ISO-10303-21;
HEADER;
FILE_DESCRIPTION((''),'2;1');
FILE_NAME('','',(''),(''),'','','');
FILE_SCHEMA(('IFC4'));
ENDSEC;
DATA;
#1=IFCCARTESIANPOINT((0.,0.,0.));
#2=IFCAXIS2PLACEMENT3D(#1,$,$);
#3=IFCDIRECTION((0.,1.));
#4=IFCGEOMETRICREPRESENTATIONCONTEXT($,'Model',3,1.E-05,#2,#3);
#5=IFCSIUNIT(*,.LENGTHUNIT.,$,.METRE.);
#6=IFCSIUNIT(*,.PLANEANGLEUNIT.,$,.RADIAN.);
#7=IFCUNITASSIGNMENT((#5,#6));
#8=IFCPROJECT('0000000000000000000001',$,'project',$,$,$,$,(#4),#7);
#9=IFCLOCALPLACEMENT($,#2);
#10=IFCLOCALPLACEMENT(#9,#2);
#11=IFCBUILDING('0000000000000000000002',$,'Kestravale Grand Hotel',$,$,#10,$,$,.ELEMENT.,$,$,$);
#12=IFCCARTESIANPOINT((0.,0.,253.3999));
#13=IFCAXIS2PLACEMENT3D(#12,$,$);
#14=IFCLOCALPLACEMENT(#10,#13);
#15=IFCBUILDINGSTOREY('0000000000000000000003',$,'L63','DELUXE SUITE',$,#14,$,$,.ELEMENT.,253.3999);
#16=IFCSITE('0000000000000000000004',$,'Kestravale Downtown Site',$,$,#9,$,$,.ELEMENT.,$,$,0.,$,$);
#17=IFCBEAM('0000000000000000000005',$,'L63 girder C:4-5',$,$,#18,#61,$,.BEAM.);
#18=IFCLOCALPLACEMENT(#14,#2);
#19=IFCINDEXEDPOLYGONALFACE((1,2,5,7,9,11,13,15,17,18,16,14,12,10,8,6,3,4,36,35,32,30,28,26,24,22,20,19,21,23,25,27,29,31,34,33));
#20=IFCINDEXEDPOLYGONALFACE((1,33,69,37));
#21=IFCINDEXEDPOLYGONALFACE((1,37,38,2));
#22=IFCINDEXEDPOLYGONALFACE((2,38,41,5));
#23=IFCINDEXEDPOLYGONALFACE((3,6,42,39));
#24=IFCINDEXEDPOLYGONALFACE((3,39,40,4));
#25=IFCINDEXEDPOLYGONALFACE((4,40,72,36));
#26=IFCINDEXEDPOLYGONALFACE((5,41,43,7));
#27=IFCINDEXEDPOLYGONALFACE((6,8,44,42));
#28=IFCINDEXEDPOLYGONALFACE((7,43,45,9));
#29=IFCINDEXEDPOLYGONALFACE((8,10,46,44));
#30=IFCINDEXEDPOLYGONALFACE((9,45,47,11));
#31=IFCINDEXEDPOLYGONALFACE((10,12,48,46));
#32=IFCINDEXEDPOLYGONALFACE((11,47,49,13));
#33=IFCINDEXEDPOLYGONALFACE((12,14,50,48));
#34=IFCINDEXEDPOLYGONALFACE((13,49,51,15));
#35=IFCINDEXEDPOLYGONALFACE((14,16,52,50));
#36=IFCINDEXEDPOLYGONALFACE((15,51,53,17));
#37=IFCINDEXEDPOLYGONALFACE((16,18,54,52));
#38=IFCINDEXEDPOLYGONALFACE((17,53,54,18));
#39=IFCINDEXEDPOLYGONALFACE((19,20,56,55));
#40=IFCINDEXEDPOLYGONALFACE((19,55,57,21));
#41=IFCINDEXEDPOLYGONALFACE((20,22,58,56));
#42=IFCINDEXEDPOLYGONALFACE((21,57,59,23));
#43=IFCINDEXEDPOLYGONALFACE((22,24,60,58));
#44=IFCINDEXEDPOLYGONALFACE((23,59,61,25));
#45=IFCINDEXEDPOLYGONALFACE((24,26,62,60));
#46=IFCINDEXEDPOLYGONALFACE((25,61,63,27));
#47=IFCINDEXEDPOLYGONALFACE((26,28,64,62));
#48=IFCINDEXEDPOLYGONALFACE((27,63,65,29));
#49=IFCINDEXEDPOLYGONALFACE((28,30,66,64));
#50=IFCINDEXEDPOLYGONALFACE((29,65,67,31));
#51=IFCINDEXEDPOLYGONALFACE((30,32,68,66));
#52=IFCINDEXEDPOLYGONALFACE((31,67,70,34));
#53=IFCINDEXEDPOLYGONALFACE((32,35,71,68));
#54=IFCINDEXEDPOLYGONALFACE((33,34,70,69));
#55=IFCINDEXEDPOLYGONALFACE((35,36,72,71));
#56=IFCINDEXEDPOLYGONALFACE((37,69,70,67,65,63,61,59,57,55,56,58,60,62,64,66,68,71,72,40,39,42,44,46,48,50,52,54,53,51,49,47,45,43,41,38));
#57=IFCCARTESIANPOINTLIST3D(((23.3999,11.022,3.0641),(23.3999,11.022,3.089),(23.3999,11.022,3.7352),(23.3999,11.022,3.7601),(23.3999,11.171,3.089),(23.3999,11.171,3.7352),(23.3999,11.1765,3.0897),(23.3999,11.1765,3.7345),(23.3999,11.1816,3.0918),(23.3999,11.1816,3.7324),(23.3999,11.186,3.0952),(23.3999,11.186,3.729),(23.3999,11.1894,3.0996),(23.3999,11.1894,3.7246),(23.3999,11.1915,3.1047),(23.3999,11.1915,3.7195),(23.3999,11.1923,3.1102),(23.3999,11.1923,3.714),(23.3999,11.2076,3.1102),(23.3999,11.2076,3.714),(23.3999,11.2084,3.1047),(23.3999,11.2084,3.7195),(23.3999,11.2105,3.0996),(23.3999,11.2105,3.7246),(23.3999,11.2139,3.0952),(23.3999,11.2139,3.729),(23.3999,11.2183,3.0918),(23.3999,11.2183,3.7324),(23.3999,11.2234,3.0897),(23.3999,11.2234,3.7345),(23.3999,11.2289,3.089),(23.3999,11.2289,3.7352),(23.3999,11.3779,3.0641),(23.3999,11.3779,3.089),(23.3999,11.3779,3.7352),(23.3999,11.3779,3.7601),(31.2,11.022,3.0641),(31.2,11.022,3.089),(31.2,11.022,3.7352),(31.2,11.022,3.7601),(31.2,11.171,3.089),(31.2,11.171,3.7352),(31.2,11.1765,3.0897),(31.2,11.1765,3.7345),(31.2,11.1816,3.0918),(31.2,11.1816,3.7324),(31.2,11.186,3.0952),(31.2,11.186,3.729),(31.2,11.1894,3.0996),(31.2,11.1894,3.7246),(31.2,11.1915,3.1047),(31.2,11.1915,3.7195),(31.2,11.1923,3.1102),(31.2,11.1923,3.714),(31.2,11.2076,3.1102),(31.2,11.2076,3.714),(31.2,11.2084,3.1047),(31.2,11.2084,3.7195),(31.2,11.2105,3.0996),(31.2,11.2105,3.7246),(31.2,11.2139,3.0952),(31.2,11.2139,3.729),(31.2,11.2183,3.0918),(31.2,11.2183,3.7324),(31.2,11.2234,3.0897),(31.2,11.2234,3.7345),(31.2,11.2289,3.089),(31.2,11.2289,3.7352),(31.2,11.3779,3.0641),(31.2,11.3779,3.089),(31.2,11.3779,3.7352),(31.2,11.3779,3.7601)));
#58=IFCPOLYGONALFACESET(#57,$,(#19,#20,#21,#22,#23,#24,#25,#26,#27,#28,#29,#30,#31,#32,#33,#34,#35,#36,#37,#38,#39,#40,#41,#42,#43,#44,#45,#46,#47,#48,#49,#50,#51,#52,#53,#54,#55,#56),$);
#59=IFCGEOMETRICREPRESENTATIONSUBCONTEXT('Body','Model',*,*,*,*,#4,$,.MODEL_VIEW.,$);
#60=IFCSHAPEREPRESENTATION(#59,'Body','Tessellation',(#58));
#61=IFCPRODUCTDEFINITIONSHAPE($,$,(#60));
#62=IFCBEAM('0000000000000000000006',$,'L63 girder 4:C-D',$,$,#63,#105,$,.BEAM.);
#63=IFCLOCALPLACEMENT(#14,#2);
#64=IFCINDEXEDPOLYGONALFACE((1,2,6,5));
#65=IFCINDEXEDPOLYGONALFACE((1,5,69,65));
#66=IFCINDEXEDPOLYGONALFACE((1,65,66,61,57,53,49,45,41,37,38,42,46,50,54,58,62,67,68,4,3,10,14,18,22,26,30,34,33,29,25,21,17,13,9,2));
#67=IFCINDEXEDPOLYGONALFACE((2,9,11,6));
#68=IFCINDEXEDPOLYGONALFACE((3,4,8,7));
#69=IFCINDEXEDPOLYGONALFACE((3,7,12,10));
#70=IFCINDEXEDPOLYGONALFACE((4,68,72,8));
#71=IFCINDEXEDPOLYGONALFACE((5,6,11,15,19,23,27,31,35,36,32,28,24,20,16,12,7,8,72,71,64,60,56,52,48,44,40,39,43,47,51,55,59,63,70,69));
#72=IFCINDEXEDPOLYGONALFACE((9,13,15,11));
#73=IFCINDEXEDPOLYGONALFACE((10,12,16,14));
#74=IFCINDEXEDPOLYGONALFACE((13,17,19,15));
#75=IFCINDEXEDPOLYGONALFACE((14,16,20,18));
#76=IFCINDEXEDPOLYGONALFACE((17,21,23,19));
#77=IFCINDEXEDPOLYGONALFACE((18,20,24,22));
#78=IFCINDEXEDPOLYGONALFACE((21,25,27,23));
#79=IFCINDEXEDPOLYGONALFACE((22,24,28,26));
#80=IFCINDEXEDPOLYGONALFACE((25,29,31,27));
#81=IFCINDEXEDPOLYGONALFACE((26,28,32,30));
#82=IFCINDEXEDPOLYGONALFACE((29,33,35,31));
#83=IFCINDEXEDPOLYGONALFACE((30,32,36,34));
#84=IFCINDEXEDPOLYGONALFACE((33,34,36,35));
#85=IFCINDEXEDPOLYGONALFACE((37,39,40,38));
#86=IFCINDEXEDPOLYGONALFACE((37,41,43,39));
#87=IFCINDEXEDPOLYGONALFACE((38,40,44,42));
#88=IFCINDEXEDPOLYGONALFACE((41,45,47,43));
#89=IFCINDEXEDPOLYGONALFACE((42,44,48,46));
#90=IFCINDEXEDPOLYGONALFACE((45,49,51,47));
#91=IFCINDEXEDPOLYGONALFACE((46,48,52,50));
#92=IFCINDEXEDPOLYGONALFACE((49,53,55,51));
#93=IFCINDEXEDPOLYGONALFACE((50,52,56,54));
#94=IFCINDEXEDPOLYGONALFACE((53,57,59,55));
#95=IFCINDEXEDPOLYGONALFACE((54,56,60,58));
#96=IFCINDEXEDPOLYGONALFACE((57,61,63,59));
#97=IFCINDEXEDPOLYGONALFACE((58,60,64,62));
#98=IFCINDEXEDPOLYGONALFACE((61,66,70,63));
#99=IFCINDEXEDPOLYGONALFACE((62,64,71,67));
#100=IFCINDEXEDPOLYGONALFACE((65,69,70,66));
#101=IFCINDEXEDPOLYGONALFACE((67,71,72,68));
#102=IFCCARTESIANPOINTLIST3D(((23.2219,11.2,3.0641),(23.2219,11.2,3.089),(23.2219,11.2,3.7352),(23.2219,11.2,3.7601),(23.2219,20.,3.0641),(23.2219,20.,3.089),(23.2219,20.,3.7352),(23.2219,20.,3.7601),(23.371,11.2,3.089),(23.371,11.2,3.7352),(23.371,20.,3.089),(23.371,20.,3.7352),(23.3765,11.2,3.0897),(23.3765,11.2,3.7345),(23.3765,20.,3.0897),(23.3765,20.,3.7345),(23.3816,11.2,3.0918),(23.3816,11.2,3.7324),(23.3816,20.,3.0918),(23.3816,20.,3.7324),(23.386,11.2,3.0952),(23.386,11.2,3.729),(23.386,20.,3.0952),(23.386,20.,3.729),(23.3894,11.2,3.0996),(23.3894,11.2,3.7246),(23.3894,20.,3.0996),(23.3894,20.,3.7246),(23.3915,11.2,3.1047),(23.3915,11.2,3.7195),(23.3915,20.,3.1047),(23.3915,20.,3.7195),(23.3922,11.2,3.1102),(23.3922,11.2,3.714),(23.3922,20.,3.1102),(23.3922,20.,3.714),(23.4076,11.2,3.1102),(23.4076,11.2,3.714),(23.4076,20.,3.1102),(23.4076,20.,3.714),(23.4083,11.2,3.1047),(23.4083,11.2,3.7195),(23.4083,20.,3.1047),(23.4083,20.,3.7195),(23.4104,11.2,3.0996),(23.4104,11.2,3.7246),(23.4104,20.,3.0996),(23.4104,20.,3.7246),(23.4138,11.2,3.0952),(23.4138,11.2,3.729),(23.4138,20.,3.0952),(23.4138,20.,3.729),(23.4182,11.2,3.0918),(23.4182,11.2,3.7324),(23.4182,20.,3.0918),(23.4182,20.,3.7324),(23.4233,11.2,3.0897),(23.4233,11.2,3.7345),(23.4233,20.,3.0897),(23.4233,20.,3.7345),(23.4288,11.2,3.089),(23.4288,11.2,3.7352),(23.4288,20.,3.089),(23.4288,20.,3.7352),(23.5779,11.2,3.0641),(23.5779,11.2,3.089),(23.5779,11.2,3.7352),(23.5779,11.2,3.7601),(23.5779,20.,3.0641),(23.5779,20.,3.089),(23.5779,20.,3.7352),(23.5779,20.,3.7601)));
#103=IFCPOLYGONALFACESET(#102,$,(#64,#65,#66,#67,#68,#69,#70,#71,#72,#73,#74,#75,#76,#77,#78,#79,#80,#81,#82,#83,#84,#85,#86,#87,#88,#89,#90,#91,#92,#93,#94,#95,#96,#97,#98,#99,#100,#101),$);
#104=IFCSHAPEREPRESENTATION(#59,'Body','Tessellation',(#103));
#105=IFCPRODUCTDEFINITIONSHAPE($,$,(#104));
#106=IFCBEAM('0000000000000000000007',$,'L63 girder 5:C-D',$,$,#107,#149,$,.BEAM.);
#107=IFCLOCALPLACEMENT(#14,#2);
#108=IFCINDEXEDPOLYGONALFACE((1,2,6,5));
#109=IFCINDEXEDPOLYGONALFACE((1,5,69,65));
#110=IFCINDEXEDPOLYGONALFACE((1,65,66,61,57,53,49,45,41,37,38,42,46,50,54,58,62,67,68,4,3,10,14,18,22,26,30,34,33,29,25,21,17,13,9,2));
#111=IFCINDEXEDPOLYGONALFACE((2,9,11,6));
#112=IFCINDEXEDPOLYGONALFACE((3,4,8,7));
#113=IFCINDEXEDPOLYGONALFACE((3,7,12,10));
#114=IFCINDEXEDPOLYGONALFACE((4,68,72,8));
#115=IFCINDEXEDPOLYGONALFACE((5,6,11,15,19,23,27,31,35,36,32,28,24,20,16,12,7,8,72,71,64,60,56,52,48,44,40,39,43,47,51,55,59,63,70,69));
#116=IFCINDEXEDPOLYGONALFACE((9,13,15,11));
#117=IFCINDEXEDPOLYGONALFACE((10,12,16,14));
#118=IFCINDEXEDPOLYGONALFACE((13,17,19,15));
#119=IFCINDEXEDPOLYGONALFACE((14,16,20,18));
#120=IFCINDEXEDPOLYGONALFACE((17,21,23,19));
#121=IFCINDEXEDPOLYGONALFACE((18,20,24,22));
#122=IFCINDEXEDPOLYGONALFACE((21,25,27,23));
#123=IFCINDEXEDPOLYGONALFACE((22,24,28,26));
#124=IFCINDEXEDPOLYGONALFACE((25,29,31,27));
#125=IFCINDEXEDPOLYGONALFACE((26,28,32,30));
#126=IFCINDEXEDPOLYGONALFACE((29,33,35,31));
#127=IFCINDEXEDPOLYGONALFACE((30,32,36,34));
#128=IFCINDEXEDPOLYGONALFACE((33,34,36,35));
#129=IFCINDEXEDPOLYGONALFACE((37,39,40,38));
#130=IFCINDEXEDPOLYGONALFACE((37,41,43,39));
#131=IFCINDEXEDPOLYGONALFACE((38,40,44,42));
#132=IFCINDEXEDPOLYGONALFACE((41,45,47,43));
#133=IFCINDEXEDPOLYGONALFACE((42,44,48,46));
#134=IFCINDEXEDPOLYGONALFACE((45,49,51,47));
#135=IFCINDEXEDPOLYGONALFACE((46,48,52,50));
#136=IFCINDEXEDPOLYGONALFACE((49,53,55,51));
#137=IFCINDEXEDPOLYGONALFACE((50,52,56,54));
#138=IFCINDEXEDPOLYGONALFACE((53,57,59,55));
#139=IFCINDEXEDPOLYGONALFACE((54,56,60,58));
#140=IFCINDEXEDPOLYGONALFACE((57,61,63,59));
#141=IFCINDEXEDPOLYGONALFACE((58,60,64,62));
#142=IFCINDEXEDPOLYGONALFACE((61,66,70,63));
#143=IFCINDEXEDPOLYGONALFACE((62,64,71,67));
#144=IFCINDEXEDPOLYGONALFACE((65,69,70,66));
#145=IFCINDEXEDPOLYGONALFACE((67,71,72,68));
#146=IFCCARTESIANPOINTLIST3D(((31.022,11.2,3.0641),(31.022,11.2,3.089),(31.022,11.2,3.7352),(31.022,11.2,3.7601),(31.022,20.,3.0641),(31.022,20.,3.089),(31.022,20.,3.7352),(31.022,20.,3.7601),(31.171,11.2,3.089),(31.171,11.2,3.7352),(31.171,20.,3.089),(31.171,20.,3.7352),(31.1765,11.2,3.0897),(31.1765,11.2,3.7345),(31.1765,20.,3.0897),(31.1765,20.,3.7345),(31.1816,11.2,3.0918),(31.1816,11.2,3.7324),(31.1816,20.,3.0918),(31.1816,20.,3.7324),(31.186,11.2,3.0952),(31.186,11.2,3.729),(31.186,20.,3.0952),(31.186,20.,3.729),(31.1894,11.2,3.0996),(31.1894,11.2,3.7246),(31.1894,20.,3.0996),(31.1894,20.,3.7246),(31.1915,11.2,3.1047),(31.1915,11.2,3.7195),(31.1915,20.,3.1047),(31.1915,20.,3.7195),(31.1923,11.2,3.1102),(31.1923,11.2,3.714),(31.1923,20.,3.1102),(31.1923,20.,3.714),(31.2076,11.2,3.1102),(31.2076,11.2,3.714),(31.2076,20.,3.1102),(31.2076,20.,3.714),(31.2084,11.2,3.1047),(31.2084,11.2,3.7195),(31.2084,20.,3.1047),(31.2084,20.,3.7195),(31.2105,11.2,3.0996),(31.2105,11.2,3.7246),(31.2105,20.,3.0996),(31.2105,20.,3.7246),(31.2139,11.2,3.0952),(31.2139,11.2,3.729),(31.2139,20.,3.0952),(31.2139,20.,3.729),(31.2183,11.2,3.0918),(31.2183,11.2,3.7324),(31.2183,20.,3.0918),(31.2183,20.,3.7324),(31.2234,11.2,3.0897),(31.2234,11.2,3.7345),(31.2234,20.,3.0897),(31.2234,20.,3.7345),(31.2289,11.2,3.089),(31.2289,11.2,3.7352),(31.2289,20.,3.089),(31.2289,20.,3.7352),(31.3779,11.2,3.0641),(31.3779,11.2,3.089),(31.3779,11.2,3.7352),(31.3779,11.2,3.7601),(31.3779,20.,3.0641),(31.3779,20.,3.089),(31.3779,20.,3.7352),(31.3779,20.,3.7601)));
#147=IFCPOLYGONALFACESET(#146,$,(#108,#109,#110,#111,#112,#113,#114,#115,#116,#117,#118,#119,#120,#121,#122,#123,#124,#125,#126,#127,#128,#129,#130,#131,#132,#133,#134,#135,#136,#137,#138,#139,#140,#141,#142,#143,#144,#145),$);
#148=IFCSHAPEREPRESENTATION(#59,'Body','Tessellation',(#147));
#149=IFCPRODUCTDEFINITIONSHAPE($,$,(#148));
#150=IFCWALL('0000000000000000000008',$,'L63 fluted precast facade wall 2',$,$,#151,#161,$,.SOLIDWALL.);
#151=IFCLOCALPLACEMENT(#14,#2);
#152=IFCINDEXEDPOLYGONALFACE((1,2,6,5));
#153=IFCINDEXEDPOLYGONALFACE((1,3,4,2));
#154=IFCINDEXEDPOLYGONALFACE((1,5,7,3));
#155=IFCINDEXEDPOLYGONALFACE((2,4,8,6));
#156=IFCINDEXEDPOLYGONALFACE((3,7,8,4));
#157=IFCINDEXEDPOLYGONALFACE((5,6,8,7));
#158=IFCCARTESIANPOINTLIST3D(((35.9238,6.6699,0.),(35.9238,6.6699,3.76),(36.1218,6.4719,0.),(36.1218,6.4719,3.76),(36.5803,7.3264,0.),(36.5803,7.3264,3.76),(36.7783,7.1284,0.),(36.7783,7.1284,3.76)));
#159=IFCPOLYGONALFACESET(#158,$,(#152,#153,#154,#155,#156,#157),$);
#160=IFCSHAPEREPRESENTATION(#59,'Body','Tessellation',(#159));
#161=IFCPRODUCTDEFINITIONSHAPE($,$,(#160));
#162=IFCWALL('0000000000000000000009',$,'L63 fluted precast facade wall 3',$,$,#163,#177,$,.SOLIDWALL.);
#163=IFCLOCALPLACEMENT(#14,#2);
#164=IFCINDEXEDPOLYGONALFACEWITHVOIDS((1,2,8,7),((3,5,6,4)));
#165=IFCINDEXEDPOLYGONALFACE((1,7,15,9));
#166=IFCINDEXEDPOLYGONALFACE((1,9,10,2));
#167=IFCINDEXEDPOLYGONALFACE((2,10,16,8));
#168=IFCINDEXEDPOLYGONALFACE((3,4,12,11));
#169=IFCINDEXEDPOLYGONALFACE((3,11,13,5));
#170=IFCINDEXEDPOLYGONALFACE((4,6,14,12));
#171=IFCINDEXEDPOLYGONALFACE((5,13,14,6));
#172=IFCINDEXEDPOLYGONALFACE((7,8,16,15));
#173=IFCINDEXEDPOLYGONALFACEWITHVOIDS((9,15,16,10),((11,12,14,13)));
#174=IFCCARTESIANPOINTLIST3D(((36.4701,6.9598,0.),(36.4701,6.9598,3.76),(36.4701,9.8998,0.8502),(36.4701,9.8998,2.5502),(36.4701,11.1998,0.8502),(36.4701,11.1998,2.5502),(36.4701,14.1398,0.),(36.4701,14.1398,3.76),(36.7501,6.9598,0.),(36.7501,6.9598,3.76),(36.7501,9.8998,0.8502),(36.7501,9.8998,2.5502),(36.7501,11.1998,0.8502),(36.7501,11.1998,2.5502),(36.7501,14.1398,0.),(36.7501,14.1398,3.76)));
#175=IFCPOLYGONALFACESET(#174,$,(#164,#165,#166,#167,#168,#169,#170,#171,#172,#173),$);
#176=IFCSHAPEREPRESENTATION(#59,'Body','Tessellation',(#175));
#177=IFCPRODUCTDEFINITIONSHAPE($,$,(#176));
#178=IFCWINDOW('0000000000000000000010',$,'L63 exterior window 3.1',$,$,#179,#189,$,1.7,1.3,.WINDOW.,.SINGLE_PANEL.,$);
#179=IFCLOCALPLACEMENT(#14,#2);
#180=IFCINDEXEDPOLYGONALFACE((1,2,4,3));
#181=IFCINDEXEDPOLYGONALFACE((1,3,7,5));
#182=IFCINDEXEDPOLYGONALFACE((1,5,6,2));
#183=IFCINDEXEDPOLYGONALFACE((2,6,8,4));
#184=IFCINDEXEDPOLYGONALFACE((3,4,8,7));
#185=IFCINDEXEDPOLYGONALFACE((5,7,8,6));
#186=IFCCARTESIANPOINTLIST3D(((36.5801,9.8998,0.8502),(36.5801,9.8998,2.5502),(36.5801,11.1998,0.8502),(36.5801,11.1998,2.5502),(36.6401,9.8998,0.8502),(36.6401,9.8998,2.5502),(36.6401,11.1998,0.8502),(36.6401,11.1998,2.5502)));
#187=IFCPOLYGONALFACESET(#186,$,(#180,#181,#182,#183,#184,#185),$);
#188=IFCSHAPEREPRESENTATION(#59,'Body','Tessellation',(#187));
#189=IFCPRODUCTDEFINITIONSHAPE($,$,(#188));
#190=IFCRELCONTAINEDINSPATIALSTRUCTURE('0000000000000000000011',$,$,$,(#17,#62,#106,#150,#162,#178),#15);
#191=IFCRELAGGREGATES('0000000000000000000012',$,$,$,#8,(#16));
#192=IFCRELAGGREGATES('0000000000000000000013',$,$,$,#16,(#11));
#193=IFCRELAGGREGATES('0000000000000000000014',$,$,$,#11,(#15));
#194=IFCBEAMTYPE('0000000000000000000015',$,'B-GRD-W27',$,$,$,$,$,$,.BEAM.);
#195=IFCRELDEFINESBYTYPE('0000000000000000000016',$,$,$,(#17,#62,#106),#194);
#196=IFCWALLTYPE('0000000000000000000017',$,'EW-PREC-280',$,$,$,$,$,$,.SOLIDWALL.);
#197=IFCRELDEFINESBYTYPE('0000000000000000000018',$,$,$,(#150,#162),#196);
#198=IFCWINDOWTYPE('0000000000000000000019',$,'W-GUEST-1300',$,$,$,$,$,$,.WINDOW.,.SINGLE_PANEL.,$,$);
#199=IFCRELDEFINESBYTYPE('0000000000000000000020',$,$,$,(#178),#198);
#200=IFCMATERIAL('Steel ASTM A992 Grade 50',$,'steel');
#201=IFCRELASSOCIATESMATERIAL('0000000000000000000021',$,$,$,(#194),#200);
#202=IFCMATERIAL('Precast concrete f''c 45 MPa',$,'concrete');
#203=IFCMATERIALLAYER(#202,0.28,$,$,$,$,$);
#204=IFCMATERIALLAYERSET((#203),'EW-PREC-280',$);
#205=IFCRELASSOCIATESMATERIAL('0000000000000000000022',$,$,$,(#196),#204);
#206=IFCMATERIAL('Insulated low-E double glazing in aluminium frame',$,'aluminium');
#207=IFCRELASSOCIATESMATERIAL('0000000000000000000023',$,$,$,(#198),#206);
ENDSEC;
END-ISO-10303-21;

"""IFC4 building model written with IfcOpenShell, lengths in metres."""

from ifc_helpers import new_model, si_unit, direction, frame, frame_2d, origin, origin_2d, place, context, subcontext, project, spatial, rectangle, i_section, extrude, material, layer, layer_set, material_profile, profile_set, type_object, element, fill, save


model = new_model("IFC4")

# Units and contexts
model_context = context("Model", 3, precision=1e-05, world=origin(), true_north=direction((0.0, 1.0)))
body_context = subcontext(model_context, "Body", "Model", "MODEL_VIEW")
ifc_project = project(units=[si_unit("LENGTHUNIT", "METRE"), si_unit("PLANEANGLEUNIT", "RADIAN")], contexts=[model_context])

# Site, building, storey
site_placement = place(None, origin())
site = spatial("IfcSite", under=ifc_project, at=site_placement, Name="Kestravale Downtown Site", CompositionType="ELEMENT", RefElevation=0.0)
building_placement = place(site_placement, origin())
building = spatial("IfcBuilding", under=site, at=building_placement, Name="Kestravale Grand Hotel", CompositionType="ELEMENT")
storey_placement = place(building_placement, frame((0.0, 0.0, 253.3999)))
storey = spatial("IfcBuildingStorey", under=building, at=storey_placement, Name="L63", Description="DELUXE SUITE", CompositionType="ELEMENT", Elevation=253.3999)

# Beams
ifc_material_1 = material(Name="Steel ASTM A992 Grade 50", Category="steel")
ifc_material_profile_1 = material_profile(ifc_material_1, i_section(OverallWidth=0.356, OverallDepth=0.696, WebThickness=0.0154, FlangeThickness=0.0249, FilletRadius=0.0212, at=origin_2d()))
ifc_profile_set_1 = profile_set([ifc_material_profile_1], Name="Steel ASTM A992 Grade 50")
beam_type_1 = type_object("IfcBeamType", Name="B-GRD-W27", PredefinedType="BEAM", material=ifc_profile_set_1)
beam_1_placement = place(storey_placement, frame((23.3999, 11.2, 3.4121), z_axis=(1.0, 0.0, 0.0), x_axis=(0.0, 1.0, 0.0)))
element("IfcBeam", 1, at=beam_1_placement, inside=storey, type_object=beam_type_1, Name="L63 girder C:4-5", PredefinedType="BEAM", context=body_context, shape_type="SweptSolid", body=[
    extrude(i_section(OverallWidth=0.356, OverallDepth=0.696, WebThickness=0.0154, FlangeThickness=0.0249, FilletRadius=0.0212, at=origin_2d()), origin(), (0.0, 0.0, 1.0), 7.8),
])
for number, where, z_axis, x_axis, name in (
    (2, (23.3999, 11.2, 3.4121), (0.0, 1.0, 0.0), (-1.0, 0.0, 0.0), "L63 girder 4:C-D"),
    (3, (31.2, 11.2, 3.4121), (0.0, 1.0, 0.0), (-1.0, 0.0, 0.0), "L63 girder 5:C-D"),
):
    element("IfcBeam", number, at=place(storey_placement, frame(where, z_axis=z_axis, x_axis=x_axis)), inside=storey, type_object=beam_type_1, Name=name, PredefinedType="BEAM", context=body_context, shape_type="SweptSolid", body=[
        extrude(i_section(OverallWidth=0.356, OverallDepth=0.696, WebThickness=0.0154, FlangeThickness=0.0249, FilletRadius=0.0212, at=origin_2d()), origin(), (0.0, 0.0, 1.0), 8.8),
    ])

# Wall
ifc_material_2 = material(Name="Precast concrete f'c 45 MPa", Category="concrete")
ifc_layer_1 = layer(ifc_material_2, 0.28)
ifc_layer_set_1 = layer_set([ifc_layer_1], Name="EW-PREC-280")
wall_type_1 = type_object("IfcWallType", Name="EW-PREC-280", PredefinedType="SOLIDWALL", material=ifc_layer_set_1)
wall_1_placement = place(storey_placement, frame((36.0227, 6.5708, 0.0), z_axis=(0.0, 0.0, 1.0), x_axis=(0.707107, 0.707107, 0.0)))
element("IfcWall", 4, at=wall_1_placement, inside=storey, type_object=wall_type_1, Name="L63 fluted precast facade wall 2", PredefinedType="SOLIDWALL", context=body_context, shape_type="SweptSolid", body=[
    extrude(rectangle(XDim=0.9285, YDim=0.28, at=frame_2d((0.4644, 0.0))), origin(), (0.0, 0.0, 1.0), 3.76),
])

# Wall, opening, window
wall_2_placement = place(storey_placement, frame((36.6101, 6.96, 0.0), z_axis=(0.0, 0.0, 1.0), x_axis=(0.0, 1.0, 0.0)))
wall_2 = element("IfcWall", 5, at=wall_2_placement, inside=storey, type_object=wall_type_1, Name="L63 fluted precast facade wall 3", PredefinedType="SOLIDWALL", context=body_context, shape_type="SweptSolid", body=[
    extrude(rectangle(XDim=7.1799, YDim=0.28, at=frame_2d((3.5898, 0.0))), origin(), (0.0, 0.0, 1.0), 3.76),
])
opening_placement = place(wall_2_placement, frame((2.9399, 0.0, 0.8501)))
opening = element("IfcOpeningElement", 6, at=opening_placement, cuts=wall_2, PredefinedType="OPENING", context=body_context, shape_type="SweptSolid", body=[
    extrude(rectangle(XDim=1.3, YDim=1.7, at=frame_2d((0.6499, 0.8501))), frame((0.0, 0.1499, 0.0), z_axis=(0.0, -1.0, 0.0), x_axis=(1.0, 0.0, 0.0)), (0.0, 0.0, 1.0), 0.3),
])
ifc_material_3 = material(Name="Insulated low-E double glazing in aluminium frame", Category="aluminium")
window_type = type_object("IfcWindowType", Name="W-GUEST-1300", PartitioningType="SINGLE_PANEL", PredefinedType="WINDOW", material=ifc_material_3)
window_placement = place(opening_placement, origin())
window = element("IfcWindow", 7, at=window_placement, inside=storey, type_object=window_type, Name="L63 exterior window 3.1", OverallHeight=1.7, OverallWidth=1.3, PartitioningType="SINGLE_PANEL", PredefinedType="WINDOW", context=body_context, shape_type="SweptSolid", body=[
    extrude(rectangle(XDim=1.3, YDim=1.7, at=frame_2d((0.6499, 0.8501))), frame((0.0, 0.03, 0.0), z_axis=(0.0, -1.0, 0.0), x_axis=(1.0, 0.0, 0.0)), (0.0, 0.0, 1.0), 0.0601),
])
fill(opening, window)

save(model, "model.ifc")
